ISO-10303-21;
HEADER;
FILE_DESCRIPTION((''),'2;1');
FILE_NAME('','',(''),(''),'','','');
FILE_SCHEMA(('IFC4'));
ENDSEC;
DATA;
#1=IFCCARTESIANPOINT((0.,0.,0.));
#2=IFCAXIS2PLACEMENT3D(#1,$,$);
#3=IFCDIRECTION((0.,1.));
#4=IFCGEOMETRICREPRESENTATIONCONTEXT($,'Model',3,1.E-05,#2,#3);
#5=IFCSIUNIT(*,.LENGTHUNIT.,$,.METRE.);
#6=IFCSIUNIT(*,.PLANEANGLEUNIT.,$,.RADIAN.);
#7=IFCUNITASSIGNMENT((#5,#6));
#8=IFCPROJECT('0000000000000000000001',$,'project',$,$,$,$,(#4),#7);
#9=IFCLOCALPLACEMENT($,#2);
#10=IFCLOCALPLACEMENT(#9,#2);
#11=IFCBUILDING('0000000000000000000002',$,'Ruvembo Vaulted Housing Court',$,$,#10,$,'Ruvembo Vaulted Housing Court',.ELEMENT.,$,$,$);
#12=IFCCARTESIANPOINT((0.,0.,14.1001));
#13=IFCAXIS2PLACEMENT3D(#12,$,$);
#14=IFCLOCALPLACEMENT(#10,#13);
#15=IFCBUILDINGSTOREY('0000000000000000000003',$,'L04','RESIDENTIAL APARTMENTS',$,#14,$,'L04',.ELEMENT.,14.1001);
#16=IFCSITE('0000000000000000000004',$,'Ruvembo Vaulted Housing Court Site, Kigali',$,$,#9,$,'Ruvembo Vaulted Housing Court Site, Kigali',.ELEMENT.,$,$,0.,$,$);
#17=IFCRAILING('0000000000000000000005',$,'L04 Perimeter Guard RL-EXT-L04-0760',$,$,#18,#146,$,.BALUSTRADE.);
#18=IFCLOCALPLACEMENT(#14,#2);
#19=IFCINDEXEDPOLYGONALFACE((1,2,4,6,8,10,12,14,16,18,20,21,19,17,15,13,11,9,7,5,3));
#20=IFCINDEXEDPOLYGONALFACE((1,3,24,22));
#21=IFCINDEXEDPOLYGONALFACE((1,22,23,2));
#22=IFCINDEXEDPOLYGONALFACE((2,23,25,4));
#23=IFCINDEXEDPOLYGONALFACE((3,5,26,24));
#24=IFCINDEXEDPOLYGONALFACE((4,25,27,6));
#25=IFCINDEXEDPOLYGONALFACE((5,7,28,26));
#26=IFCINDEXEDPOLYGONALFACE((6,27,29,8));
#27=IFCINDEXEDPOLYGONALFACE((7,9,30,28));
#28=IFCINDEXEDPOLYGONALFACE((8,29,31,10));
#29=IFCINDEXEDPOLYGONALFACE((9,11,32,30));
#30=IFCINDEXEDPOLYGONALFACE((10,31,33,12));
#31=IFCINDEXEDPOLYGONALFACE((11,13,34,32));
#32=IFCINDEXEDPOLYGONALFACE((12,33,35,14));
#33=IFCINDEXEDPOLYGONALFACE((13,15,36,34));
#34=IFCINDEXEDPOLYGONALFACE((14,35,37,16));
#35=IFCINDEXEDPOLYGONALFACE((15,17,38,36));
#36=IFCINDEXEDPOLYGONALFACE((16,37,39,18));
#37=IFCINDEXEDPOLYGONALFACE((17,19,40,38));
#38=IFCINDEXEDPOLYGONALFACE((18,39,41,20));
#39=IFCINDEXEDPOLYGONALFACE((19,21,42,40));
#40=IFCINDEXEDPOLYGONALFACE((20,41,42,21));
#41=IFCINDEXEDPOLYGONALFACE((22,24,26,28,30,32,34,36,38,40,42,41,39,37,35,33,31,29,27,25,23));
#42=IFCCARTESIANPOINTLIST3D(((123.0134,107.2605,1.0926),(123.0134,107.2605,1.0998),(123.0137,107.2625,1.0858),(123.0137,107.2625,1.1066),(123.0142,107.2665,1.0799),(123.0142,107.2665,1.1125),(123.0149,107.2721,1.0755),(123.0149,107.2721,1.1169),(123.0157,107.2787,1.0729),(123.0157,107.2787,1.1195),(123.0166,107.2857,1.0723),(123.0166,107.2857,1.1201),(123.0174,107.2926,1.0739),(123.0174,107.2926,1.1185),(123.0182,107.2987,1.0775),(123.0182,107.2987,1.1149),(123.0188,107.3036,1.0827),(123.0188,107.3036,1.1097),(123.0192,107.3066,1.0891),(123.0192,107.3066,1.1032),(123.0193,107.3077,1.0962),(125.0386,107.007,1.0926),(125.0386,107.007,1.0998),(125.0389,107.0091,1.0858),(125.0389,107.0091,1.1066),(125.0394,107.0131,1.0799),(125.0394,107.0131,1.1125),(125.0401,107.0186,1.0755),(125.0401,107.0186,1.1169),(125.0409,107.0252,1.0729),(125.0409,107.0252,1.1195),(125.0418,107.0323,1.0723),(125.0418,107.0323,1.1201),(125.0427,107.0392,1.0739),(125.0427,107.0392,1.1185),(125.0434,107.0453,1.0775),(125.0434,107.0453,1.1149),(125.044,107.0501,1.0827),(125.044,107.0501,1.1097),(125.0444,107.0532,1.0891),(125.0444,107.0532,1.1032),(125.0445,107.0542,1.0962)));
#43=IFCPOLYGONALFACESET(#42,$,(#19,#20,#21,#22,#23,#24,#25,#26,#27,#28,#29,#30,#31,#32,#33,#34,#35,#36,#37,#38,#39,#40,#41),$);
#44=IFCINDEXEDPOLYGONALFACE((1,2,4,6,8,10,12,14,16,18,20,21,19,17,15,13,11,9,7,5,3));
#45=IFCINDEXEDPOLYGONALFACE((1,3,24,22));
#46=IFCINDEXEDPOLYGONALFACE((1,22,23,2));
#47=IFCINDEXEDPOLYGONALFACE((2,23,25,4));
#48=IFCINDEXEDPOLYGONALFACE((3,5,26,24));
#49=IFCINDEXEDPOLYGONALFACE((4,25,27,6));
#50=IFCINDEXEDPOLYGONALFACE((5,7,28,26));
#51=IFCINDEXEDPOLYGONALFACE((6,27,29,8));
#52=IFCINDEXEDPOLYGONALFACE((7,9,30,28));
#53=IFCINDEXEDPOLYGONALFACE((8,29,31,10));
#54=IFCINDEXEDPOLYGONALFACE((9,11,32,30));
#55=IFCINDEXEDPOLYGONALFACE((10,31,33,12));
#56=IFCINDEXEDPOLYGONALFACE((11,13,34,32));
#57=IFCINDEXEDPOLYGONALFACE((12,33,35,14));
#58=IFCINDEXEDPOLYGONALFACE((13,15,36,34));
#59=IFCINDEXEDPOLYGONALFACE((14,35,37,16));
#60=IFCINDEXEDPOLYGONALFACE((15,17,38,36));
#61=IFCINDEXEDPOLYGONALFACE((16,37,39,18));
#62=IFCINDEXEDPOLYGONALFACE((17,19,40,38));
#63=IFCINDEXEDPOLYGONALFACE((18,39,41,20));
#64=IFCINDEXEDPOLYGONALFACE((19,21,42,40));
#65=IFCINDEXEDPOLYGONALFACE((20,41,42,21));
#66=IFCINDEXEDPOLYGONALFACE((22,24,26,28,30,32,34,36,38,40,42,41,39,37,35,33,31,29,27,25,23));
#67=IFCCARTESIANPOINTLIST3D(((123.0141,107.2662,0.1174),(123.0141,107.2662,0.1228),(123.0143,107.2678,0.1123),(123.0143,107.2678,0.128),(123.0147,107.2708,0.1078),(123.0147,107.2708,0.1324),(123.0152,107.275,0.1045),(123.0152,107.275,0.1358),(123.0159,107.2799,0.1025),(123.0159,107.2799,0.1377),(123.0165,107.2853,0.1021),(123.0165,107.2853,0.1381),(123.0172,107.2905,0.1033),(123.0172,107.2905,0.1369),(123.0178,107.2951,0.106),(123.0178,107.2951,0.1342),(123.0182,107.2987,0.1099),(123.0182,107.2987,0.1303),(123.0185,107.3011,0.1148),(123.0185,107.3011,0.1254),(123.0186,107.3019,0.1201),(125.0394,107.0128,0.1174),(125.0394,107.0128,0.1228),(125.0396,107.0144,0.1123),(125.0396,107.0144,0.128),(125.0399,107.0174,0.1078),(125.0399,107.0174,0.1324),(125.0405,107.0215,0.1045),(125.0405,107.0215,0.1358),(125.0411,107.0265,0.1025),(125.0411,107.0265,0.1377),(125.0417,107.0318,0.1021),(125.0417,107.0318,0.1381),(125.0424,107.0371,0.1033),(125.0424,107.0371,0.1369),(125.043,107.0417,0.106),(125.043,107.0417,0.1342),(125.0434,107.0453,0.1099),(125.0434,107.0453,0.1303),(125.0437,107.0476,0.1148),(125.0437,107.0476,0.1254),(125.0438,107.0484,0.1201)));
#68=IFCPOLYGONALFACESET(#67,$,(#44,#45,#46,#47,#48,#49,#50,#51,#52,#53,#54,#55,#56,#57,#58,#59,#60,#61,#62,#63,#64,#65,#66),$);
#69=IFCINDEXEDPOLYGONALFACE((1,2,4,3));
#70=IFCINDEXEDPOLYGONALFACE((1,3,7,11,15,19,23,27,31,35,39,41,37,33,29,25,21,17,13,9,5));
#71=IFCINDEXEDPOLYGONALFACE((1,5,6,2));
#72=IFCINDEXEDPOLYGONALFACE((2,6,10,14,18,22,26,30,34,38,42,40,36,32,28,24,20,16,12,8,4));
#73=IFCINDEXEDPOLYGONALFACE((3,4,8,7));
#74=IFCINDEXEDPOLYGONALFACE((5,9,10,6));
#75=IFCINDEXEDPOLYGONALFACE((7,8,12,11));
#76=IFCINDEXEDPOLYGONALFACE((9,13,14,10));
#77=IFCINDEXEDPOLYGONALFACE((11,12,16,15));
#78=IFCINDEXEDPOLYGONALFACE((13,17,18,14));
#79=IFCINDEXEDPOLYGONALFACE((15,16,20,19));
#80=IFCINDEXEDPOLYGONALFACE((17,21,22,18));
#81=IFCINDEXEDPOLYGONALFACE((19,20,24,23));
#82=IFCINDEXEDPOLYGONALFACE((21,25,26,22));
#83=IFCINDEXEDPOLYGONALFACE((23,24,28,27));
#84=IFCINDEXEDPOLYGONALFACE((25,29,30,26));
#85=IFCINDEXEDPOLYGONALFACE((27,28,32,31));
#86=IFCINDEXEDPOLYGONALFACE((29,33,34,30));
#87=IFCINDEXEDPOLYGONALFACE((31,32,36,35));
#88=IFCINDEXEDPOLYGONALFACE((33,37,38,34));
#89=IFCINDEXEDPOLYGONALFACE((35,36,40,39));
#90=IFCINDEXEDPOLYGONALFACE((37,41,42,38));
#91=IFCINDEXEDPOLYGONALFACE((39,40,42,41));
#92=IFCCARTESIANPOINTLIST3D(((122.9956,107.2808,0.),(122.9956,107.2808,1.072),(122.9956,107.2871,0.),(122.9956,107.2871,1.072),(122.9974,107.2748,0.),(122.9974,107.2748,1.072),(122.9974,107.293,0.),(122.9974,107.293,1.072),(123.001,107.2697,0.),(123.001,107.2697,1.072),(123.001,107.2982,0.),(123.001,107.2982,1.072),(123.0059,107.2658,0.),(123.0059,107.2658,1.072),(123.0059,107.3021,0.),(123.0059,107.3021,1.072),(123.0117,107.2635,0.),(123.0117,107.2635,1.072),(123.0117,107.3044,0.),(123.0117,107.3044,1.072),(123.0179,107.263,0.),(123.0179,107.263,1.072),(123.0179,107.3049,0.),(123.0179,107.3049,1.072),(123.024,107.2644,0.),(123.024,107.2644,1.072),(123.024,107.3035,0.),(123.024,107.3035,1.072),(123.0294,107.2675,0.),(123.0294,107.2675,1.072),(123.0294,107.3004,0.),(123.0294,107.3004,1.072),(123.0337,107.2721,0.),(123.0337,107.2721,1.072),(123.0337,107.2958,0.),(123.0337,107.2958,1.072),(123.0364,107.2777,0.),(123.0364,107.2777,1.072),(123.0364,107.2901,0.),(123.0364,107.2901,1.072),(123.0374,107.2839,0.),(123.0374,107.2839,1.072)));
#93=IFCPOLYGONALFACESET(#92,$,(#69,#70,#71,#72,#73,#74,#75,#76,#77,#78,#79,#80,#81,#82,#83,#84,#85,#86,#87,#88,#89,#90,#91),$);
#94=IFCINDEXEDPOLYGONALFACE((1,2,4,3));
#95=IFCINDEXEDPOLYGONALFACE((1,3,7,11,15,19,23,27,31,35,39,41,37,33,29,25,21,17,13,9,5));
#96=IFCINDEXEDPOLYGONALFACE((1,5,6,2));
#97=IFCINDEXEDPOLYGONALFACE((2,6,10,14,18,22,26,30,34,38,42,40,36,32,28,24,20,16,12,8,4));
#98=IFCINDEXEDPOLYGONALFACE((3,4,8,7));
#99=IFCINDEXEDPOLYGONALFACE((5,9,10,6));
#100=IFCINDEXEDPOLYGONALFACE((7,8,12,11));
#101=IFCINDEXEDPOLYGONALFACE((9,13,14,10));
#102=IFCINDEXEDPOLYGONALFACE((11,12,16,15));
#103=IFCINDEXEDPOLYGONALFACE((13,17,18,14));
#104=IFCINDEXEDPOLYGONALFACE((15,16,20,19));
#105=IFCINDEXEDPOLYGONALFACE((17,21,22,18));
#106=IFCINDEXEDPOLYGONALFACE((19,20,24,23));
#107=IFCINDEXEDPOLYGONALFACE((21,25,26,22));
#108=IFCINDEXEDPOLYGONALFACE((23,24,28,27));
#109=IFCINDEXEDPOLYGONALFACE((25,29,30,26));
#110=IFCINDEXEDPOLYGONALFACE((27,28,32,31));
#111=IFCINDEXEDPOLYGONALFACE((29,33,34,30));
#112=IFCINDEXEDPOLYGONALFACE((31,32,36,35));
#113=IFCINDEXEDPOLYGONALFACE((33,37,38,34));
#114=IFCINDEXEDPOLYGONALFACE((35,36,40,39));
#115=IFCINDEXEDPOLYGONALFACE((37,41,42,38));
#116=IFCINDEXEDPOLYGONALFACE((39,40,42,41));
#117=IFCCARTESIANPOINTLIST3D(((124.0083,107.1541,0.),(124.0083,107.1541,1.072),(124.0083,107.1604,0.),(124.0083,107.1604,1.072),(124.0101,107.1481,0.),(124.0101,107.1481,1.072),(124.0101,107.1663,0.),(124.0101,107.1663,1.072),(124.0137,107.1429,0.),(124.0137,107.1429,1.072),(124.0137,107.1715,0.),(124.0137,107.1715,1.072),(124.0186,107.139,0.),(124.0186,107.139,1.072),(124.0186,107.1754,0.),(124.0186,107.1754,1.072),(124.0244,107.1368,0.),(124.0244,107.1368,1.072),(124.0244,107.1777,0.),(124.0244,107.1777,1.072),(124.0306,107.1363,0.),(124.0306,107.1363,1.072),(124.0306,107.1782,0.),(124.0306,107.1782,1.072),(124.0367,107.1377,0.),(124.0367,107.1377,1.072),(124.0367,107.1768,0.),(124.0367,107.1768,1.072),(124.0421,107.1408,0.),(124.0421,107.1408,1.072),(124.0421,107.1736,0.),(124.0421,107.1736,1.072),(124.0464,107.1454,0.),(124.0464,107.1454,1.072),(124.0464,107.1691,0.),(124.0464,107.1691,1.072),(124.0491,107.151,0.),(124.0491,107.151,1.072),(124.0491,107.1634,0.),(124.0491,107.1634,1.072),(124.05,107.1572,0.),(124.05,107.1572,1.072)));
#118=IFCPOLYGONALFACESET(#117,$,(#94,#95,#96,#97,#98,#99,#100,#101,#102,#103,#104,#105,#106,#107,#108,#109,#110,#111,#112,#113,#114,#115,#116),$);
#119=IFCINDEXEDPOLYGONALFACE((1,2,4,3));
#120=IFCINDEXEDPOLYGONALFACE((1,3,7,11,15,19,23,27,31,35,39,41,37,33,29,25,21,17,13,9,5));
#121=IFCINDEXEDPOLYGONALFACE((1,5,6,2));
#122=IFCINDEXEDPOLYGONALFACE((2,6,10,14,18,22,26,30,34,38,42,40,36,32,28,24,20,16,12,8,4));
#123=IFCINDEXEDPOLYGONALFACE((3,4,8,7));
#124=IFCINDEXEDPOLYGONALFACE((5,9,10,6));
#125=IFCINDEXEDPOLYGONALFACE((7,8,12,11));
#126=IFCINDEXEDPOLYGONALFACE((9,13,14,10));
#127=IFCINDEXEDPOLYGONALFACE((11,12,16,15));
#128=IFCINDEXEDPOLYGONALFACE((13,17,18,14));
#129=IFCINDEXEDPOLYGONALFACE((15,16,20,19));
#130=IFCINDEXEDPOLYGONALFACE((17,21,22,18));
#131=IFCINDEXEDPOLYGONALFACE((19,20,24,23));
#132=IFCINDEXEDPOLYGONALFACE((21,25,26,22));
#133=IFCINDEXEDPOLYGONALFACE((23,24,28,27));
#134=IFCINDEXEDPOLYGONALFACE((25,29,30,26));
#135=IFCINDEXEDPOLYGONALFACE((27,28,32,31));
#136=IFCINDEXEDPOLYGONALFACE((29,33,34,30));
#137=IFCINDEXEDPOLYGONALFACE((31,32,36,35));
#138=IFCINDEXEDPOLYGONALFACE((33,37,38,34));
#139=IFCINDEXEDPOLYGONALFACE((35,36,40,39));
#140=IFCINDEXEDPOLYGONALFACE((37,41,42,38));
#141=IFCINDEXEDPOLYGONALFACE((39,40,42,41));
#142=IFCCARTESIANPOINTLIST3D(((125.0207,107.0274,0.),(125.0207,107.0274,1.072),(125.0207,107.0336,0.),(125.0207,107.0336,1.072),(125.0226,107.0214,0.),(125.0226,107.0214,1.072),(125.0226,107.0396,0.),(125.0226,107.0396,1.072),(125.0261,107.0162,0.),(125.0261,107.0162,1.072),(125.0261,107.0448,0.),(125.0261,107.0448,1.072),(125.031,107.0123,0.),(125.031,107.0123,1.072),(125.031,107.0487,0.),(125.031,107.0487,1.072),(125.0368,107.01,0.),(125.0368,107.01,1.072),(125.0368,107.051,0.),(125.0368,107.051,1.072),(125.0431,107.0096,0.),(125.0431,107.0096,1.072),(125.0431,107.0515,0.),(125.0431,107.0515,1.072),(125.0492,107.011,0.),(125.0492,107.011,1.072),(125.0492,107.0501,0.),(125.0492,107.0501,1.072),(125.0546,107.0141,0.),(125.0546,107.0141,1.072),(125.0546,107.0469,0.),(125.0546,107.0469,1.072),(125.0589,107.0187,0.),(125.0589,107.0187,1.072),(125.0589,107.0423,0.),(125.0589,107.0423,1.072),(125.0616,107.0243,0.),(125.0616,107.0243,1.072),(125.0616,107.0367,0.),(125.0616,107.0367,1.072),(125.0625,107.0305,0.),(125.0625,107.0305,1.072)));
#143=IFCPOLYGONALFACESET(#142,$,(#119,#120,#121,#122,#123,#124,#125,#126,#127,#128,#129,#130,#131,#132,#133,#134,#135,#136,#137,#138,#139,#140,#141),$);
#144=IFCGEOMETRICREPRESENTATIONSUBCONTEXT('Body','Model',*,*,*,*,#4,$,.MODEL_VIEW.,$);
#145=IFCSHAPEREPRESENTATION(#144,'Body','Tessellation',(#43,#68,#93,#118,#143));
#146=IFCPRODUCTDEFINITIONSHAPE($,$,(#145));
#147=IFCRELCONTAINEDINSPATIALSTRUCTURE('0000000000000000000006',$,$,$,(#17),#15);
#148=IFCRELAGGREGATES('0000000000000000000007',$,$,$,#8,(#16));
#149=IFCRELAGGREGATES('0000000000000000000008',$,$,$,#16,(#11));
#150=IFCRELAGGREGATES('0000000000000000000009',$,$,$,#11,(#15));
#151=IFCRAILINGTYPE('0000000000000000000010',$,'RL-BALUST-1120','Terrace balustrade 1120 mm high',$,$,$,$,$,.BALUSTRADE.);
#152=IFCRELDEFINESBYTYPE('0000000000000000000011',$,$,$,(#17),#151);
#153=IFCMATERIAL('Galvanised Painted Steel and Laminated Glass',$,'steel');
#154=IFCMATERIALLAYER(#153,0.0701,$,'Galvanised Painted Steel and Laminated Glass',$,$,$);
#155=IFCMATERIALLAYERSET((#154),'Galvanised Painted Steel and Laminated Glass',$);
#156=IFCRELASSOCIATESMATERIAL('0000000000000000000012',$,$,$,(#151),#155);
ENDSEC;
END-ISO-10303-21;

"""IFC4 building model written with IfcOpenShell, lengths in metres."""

from ifc_helpers import new_model, si_unit, direction, frame, origin, origin_2d, place, context, subcontext, project, spatial, circle, extrude, material, layer, layer_set, type_object, element, save


model = new_model("IFC4")

# Units and contexts
model_context = context("Model", 3, precision=1e-05, world=origin(), true_north=direction((0.0, 1.0)))
body_context = subcontext(model_context, "Body", "Model", "MODEL_VIEW")
ifc_project = project(units=[si_unit("LENGTHUNIT", "METRE"), si_unit("PLANEANGLEUNIT", "RADIAN")], contexts=[model_context])

# Site, building, storey
site_placement = place(None, origin())
site = spatial("IfcSite", under=ifc_project, at=site_placement, Name="Ruvembo Vaulted Housing Court Site, Kigali", LongName="Ruvembo Vaulted Housing Court Site, Kigali", CompositionType="ELEMENT", RefElevation=0.0)
building_placement = place(site_placement, origin())
building = spatial("IfcBuilding", under=site, at=building_placement, Name="Ruvembo Vaulted Housing Court", LongName="Ruvembo Vaulted Housing Court", CompositionType="ELEMENT")
storey_placement = place(building_placement, frame((0.0, 0.0, 14.1001)))
storey = spatial("IfcBuildingStorey", under=building, at=storey_placement, Name="L04", Description="RESIDENTIAL APARTMENTS", LongName="L04", CompositionType="ELEMENT", Elevation=14.1001)

# Railing
ifc_material_1 = material(Name="Galvanised Painted Steel and Laminated Glass", Category="steel")
ifc_layer_1 = layer(ifc_material_1, 0.0701, Name="Galvanised Painted Steel and Laminated Glass")
ifc_layer_set_1 = layer_set([ifc_layer_1], Name="Galvanised Painted Steel and Laminated Glass")
railing_type = type_object("IfcRailingType", Name="RL-BALUST-1120", Description="Terrace balustrade 1120 mm high", PredefinedType="BALUSTRADE", material=ifc_layer_set_1)
railing_1_placement = place(storey_placement, frame((123.0164, 107.2839, 0.0)))
element("IfcRailing", 1, at=railing_1_placement, inside=storey, type_object=railing_type, Name="L04 Perimeter Guard RL-EXT-L04-0760", PredefinedType="BALUSTRADE", context=body_context, shape_type="SweptSolid", body=[
    extrude(circle(Radius=0.0239, at=origin_2d()), frame((0.0, 0.0, 1.0962), z_axis=(0.992261, -0.124167, 0.0), x_axis=(0.124167, 0.992261, 0.0)), (0.0, 0.0, 1.0), 2.041),
    extrude(circle(Radius=0.0181, at=origin_2d()), frame((0.0, 0.0, 0.1201), z_axis=(0.992261, -0.124167, 0.0), x_axis=(0.124167, 0.992261, 0.0)), (0.0, 0.0, 1.0), 2.041),
    extrude(circle(Radius=0.021, at=origin_2d()), origin(), (0.0, 0.0, 1.0), 1.072),
    extrude(circle(Radius=0.021, at=origin_2d()), frame((1.0127, -0.1267, 0.0)), (0.0, 0.0, 1.0), 1.072),
    extrude(circle(Radius=0.021, at=origin_2d()), frame((2.0251, -0.2534, 0.0)), (0.0, 0.0, 1.0), 1.072),
])

save(model, "model.ifc")
